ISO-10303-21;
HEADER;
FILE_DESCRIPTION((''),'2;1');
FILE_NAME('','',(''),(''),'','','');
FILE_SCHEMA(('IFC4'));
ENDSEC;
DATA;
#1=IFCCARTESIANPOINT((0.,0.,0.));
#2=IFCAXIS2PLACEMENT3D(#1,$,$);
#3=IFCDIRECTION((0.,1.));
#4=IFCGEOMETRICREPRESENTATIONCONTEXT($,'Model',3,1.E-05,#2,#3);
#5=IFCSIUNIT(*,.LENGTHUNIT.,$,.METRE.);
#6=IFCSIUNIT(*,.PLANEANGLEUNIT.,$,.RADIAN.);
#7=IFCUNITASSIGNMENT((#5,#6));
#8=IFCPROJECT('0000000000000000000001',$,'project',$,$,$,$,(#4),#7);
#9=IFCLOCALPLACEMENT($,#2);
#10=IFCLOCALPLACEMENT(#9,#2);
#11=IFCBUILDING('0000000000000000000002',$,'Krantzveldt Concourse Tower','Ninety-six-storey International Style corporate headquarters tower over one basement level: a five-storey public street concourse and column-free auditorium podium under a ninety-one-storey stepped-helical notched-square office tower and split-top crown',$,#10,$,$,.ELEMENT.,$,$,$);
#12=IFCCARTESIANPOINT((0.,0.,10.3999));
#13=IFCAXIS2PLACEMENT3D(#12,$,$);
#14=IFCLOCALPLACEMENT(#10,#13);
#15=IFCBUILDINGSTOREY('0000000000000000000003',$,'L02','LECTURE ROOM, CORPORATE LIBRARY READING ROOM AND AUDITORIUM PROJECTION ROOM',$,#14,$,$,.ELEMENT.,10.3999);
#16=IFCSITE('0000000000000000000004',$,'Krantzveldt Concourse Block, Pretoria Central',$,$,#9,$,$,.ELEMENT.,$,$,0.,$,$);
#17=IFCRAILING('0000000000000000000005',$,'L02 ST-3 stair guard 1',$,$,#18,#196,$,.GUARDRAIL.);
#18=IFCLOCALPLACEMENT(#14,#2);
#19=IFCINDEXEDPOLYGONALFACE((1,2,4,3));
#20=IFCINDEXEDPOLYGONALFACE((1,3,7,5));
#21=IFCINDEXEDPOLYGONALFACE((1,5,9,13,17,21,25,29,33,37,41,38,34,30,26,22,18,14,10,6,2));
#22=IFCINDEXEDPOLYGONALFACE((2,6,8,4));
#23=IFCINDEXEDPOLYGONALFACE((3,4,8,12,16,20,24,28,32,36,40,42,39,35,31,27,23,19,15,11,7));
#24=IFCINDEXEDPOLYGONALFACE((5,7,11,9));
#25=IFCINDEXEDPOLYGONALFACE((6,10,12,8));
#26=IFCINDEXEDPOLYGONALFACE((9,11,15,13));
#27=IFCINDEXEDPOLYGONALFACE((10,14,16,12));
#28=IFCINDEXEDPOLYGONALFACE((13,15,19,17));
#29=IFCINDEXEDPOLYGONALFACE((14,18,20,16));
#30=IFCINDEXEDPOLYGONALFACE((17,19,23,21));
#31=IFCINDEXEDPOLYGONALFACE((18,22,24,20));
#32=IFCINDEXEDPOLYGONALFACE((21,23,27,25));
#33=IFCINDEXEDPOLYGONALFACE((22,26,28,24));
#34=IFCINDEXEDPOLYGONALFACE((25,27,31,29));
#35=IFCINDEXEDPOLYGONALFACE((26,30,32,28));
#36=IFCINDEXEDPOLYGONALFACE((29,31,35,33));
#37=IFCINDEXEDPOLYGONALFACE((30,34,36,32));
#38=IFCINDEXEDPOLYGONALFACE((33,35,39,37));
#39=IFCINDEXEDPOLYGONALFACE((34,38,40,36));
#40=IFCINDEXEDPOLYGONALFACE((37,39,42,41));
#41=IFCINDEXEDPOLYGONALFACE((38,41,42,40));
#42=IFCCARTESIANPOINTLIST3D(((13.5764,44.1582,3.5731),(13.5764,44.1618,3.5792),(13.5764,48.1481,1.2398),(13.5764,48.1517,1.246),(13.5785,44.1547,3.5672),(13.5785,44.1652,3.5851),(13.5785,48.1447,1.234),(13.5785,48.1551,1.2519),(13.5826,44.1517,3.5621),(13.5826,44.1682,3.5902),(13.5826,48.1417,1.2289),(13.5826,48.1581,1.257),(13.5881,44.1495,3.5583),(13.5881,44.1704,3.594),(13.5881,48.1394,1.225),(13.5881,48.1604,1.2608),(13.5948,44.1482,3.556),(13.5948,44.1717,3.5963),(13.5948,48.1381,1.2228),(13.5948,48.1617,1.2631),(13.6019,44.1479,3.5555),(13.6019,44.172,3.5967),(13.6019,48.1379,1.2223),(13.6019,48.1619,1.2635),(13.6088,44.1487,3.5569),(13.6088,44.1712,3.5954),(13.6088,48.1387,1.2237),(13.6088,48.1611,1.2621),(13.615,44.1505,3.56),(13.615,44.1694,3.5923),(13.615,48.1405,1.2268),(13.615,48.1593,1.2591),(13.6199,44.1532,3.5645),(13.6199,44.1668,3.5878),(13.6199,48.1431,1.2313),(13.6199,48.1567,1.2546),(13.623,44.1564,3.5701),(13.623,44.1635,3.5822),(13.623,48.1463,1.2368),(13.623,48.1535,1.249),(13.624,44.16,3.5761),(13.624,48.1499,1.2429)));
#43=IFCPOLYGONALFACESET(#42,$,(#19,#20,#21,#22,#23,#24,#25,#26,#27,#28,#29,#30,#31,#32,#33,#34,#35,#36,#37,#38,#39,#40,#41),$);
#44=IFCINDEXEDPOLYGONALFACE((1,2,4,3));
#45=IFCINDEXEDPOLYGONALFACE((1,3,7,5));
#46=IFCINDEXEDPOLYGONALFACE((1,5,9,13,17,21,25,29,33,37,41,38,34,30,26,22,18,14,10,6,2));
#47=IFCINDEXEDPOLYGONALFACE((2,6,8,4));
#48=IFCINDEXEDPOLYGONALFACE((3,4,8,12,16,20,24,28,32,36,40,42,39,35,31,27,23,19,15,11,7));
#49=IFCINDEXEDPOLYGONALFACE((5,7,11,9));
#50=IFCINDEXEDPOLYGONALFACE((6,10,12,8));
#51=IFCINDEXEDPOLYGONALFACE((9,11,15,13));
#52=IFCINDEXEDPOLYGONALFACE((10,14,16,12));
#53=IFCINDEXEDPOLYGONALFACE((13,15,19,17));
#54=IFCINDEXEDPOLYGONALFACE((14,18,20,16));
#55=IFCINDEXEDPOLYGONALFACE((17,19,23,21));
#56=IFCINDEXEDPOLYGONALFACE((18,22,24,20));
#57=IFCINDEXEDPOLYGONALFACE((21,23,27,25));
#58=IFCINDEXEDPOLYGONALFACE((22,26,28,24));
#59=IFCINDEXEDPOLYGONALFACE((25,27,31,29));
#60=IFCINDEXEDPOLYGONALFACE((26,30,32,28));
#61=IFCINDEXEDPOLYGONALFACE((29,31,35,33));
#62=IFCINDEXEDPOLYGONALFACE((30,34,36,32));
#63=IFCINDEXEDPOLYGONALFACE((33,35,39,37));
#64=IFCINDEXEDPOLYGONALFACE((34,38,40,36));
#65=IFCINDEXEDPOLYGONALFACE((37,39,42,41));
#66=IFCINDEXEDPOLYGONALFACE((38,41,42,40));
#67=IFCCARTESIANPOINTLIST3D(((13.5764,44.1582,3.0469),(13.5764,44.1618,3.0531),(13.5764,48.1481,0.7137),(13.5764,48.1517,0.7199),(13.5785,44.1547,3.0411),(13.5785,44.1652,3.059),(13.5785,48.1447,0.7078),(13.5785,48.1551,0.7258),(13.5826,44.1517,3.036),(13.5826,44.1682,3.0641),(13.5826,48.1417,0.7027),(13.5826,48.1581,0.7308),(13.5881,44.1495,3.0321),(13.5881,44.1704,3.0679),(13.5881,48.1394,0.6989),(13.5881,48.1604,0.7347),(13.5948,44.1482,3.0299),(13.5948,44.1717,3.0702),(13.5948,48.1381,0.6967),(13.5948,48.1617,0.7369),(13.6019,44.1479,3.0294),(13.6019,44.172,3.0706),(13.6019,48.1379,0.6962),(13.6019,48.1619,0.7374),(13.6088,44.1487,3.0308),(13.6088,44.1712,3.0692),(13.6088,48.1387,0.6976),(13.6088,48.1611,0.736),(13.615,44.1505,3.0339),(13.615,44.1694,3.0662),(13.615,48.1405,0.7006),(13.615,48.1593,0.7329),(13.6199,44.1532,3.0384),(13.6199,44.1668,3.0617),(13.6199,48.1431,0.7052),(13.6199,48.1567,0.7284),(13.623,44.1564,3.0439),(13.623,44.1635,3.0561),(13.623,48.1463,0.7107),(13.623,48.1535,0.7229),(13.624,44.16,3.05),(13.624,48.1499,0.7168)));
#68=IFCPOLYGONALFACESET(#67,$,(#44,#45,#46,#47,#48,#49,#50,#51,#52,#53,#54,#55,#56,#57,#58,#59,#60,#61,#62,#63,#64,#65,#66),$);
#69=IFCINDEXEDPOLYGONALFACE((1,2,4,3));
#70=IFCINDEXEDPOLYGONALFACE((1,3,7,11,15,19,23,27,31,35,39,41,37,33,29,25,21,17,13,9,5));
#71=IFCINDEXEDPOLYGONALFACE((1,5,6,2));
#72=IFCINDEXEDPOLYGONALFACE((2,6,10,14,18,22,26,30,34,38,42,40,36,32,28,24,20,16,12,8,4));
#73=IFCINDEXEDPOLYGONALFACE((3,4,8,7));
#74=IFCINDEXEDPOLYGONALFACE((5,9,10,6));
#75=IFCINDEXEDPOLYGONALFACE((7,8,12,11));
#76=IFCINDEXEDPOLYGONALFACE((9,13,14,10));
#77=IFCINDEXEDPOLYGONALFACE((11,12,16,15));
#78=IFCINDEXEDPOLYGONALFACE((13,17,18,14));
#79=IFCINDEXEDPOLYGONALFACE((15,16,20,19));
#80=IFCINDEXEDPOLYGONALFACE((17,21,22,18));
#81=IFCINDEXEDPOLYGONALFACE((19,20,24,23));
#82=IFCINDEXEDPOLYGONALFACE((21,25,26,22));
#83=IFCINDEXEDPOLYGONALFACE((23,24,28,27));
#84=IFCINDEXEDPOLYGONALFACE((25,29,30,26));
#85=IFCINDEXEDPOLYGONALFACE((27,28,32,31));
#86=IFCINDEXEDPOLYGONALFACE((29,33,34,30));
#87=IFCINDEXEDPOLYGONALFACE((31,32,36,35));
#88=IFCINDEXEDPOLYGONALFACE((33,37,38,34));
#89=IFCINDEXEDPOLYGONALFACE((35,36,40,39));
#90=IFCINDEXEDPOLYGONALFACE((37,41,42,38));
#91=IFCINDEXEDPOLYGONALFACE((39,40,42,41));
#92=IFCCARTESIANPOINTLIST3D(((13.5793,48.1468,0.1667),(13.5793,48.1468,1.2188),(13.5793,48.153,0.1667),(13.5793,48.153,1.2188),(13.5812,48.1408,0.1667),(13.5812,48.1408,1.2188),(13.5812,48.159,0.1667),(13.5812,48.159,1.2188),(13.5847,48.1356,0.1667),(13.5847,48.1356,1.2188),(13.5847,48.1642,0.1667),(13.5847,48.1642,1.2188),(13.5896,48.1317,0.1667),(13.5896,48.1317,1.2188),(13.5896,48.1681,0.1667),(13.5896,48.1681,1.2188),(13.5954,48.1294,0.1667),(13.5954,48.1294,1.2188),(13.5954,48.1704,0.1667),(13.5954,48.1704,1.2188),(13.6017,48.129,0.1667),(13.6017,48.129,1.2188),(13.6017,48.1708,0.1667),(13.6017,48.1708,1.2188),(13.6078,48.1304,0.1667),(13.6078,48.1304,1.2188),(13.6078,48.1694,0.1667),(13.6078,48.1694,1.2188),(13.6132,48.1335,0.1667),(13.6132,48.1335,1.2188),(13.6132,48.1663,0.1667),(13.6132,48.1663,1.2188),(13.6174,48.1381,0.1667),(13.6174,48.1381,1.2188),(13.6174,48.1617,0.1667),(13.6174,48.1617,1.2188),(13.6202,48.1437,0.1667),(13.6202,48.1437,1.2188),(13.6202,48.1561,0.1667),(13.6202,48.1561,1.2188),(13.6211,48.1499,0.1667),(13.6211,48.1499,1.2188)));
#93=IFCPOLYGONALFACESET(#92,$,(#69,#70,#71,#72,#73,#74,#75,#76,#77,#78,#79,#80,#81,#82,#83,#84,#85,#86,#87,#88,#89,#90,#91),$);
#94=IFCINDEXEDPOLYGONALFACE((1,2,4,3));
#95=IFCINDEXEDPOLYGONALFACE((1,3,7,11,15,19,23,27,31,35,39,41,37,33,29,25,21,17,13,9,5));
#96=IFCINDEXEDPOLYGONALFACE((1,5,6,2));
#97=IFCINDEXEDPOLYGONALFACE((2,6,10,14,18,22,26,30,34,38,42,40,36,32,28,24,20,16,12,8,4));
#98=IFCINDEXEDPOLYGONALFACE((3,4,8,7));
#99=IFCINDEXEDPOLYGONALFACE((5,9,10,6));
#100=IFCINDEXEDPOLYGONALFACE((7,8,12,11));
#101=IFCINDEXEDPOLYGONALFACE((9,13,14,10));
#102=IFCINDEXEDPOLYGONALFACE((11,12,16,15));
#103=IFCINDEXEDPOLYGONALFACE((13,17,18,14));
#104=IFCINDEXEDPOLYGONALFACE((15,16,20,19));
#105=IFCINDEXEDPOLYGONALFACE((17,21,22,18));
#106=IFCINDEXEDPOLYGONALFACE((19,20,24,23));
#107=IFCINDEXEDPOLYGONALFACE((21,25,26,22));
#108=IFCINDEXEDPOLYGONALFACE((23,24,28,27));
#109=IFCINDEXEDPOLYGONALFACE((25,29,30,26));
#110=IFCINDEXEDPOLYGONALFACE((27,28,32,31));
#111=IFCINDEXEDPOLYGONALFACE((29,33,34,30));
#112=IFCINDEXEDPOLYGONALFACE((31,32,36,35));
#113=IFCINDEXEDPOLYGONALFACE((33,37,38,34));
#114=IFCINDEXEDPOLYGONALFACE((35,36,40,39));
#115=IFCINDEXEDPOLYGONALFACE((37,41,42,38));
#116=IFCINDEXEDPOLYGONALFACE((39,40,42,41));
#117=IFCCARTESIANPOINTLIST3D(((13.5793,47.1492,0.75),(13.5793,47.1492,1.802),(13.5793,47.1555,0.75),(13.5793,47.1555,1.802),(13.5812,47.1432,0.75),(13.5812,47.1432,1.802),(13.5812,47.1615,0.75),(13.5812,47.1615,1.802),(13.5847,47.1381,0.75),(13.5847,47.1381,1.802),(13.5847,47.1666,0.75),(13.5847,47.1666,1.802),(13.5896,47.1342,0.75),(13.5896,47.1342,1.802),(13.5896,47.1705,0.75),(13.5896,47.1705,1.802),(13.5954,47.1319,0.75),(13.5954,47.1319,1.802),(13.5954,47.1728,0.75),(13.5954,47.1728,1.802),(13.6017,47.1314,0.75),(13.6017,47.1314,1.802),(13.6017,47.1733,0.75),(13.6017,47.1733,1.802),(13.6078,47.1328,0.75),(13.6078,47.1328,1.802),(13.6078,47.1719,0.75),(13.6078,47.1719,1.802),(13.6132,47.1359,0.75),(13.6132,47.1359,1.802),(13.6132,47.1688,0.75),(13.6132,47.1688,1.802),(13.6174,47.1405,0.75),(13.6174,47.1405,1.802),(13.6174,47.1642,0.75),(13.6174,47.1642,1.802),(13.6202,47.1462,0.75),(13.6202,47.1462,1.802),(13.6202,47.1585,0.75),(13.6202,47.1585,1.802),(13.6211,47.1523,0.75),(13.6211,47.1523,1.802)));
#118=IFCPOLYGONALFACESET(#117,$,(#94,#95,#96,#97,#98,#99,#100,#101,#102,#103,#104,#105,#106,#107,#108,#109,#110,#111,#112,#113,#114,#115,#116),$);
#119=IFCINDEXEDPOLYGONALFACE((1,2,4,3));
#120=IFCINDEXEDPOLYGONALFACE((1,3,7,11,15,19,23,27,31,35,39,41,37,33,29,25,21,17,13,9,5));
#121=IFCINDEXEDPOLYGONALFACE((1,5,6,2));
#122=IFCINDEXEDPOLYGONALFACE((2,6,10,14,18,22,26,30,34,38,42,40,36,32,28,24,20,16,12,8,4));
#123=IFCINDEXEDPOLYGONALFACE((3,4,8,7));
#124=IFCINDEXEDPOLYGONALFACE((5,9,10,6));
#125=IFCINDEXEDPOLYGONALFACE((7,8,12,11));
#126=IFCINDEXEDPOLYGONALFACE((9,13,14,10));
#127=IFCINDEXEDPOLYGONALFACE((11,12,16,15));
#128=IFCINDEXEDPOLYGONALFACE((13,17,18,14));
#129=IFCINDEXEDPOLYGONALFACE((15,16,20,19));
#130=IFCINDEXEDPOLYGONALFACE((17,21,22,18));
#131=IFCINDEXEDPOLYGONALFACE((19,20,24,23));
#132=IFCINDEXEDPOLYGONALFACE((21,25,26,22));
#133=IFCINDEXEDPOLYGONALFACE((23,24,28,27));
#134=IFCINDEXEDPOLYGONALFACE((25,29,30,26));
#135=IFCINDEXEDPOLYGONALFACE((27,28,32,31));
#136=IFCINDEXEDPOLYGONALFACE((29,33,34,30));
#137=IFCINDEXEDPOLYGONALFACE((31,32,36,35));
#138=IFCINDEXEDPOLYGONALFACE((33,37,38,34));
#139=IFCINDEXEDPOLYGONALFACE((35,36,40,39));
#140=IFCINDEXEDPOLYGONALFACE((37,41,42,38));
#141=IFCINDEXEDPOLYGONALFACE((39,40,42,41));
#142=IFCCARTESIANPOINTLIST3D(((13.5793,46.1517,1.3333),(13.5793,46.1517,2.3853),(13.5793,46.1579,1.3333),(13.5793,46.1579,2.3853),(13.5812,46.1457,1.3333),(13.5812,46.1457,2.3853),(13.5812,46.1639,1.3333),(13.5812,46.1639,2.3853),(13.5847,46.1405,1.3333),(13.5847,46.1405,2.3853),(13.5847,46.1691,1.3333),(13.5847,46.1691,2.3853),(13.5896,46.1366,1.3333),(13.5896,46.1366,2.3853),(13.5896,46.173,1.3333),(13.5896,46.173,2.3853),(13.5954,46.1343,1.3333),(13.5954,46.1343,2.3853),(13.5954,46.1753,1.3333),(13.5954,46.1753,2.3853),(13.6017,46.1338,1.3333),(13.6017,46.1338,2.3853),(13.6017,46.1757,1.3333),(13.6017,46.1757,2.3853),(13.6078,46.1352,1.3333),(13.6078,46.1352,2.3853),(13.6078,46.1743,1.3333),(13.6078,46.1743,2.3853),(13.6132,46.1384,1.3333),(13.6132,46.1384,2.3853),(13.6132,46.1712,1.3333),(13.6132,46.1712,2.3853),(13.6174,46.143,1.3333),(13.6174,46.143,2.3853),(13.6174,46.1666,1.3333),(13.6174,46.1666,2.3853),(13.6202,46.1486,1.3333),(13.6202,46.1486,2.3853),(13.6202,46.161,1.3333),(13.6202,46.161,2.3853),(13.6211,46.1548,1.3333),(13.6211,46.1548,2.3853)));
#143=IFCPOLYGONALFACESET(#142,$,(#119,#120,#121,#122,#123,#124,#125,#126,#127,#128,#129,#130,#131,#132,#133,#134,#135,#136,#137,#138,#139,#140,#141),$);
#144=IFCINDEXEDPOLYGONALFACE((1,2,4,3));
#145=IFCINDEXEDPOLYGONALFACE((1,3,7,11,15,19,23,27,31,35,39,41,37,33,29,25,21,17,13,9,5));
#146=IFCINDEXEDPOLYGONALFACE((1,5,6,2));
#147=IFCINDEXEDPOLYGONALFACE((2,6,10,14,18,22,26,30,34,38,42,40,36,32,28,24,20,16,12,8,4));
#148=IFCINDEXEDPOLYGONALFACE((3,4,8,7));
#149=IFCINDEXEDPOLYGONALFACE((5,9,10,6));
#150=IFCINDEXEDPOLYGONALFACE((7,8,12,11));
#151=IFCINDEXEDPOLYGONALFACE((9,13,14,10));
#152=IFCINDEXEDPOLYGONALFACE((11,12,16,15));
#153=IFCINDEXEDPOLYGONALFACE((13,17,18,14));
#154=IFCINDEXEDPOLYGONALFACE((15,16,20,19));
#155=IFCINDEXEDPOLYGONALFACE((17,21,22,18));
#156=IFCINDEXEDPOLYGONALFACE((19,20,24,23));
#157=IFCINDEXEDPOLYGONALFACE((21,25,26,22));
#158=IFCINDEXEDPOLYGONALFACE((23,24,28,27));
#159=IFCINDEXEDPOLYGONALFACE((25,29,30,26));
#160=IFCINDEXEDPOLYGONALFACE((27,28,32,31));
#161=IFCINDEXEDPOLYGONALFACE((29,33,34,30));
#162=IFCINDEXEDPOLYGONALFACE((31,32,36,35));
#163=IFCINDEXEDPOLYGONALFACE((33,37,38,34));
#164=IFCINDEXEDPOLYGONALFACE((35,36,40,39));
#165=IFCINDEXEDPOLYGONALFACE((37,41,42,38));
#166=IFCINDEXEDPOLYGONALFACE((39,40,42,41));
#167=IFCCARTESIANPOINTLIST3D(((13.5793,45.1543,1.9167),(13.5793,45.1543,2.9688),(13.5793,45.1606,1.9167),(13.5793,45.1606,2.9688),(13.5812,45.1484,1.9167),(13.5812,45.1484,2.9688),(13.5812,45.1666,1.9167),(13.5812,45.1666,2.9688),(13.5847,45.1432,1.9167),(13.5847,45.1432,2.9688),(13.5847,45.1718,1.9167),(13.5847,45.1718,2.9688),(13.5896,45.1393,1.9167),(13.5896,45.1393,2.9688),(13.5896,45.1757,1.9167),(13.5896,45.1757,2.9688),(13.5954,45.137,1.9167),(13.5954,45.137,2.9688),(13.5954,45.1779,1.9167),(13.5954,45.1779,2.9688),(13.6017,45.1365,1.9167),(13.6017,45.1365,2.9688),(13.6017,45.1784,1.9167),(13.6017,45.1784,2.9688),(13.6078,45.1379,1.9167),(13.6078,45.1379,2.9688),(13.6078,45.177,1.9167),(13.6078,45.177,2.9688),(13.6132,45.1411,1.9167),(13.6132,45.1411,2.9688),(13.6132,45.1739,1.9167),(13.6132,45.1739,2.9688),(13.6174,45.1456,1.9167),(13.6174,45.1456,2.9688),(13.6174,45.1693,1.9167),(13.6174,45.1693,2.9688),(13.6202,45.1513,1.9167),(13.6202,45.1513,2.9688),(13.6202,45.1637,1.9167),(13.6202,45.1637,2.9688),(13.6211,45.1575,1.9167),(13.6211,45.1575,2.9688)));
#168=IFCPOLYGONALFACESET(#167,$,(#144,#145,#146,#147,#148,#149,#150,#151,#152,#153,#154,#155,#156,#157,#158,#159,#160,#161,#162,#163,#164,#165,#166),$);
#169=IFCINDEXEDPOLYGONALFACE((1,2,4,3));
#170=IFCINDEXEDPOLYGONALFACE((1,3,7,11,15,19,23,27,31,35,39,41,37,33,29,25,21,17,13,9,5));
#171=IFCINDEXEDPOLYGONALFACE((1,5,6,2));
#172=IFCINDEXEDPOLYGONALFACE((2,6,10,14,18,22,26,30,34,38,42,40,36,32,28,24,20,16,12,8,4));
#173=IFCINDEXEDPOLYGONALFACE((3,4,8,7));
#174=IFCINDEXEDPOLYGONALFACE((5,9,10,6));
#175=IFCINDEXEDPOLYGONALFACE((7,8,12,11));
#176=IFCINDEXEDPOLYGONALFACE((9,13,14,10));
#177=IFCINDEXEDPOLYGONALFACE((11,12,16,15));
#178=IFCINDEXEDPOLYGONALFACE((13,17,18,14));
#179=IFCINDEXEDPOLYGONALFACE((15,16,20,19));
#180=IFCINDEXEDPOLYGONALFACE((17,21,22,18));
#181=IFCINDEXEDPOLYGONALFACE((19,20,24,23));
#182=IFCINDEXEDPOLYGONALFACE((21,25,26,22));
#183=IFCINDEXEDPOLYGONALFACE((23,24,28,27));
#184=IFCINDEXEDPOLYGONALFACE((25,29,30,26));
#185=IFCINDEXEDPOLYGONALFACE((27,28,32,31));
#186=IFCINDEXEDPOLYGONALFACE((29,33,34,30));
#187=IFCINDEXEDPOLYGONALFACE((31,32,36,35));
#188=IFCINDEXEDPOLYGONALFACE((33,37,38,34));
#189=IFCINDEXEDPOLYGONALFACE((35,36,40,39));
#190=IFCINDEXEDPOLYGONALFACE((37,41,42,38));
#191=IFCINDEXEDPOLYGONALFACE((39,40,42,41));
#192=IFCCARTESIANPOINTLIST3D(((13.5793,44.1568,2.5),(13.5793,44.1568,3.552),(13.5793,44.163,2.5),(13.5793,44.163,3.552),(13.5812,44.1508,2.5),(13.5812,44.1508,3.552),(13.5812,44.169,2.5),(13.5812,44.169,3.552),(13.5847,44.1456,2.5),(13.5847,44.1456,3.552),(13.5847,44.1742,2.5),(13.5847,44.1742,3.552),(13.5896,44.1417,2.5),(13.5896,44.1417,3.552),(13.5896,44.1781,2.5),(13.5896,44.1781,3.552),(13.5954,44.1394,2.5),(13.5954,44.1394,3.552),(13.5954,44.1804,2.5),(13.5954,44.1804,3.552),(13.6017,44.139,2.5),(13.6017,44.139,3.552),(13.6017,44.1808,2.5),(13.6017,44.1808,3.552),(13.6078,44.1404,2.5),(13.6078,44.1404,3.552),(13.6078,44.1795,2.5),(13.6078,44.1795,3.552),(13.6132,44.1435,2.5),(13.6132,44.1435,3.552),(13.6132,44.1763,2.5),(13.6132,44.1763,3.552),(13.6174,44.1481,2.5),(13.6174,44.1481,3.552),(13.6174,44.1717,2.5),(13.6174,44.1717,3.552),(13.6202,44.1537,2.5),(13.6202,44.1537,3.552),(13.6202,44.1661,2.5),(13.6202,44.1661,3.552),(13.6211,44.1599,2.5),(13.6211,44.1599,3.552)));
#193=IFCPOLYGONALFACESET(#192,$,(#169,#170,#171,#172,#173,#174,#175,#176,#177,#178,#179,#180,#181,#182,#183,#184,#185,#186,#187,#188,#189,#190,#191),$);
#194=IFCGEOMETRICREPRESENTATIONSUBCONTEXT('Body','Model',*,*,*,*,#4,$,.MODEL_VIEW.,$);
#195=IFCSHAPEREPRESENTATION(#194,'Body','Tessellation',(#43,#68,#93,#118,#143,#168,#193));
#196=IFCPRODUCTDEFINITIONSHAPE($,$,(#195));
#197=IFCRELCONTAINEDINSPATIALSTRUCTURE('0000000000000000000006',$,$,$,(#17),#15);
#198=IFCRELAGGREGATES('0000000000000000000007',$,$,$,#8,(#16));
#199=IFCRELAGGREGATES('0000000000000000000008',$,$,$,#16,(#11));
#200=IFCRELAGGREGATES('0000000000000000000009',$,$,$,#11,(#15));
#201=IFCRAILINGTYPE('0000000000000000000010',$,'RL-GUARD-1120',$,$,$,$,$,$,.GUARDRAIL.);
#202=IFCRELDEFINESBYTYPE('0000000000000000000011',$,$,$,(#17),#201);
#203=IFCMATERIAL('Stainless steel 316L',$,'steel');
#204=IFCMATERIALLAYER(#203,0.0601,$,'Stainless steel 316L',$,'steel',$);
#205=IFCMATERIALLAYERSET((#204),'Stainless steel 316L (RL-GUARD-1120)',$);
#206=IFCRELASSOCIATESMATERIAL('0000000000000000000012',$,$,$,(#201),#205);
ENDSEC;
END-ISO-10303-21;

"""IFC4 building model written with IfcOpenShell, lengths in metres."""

from ifc_helpers import new_model, si_unit, direction, frame, origin, origin_2d, place, context, subcontext, project, spatial, circle, extrude, material, layer, layer_set, type_object, element, save


model = new_model("IFC4")

# Units and contexts
model_context = context("Model", 3, precision=1e-05, world=origin(), true_north=direction((0.0, 1.0)))
body_context = subcontext(model_context, "Body", "Model", "MODEL_VIEW")
ifc_project = project(units=[si_unit("LENGTHUNIT", "METRE"), si_unit("PLANEANGLEUNIT", "RADIAN")], contexts=[model_context])

# Site, building, storey
site_placement = place(None, origin())
site = spatial("IfcSite", under=ifc_project, at=site_placement, Name="Krantzveldt Concourse Block, Pretoria Central", CompositionType="ELEMENT", RefElevation=0.0)
building_placement = place(site_placement, origin())
building = spatial("IfcBuilding", under=site, at=building_placement, Name="Krantzveldt Concourse Tower", Description="Ninety-six-storey International Style corporate headquarters tower over one basement level: a five-storey public street concourse and column-free auditorium podium under a ninety-one-storey stepped-helical notched-square office tower and split-top crown", CompositionType="ELEMENT")
storey_placement = place(building_placement, frame((0.0, 0.0, 10.3999)))
storey = spatial("IfcBuildingStorey", under=building, at=storey_placement, Name="L02", Description="LECTURE ROOM, CORPORATE LIBRARY READING ROOM AND AUDITORIUM PROJECTION ROOM", CompositionType="ELEMENT", Elevation=10.3999)

# Railing
ifc_material_1 = material(Name="Stainless steel 316L", Category="steel")
ifc_layer_1 = layer(ifc_material_1, 0.0601, Name="Stainless steel 316L", Category="steel")
ifc_layer_set_1 = layer_set([ifc_layer_1], Name="Stainless steel 316L (RL-GUARD-1120)")
railing_type_1 = type_object("IfcRailingType", Name="RL-GUARD-1120", PredefinedType="GUARDRAIL", material=ifc_layer_set_1)
railing_1_placement = place(storey_placement, frame((13.6001, 48.1499, 0.1667)))
element("IfcRailing", 1, at=railing_1_placement, inside=storey, type_object=railing_type_1, Name="L02 ST-3 stair guard 1", PredefinedType="GUARDRAIL", context=body_context, shape_type="SweptSolid", body=[
    extrude(circle(Radius=0.0239, at=origin_2d()), frame((0.0, 0.0, 1.0762), z_axis=(0.0, -0.863236, 0.5048), x_axis=(1.0, 0.0, 0.0)), (0.0, 0.0, 1.0), 4.6221),
    extrude(circle(Radius=0.0239, at=origin_2d()), frame((0.0, 0.0, 0.55), z_axis=(0.0, -0.863236, 0.5048), x_axis=(1.0, 0.0, 0.0)), (0.0, 0.0, 1.0), 4.6221),
    extrude(circle(Radius=0.021, at=origin_2d()), origin(), (0.0, 0.0, 1.0), 1.052),
    extrude(circle(Radius=0.021, at=origin_2d()), frame((0.0, -0.9976, 0.5833)), (0.0, 0.0, 1.0), 1.052),
    extrude(circle(Radius=0.021, at=origin_2d()), frame((0.0, -1.9951, 1.1665)), (0.0, 0.0, 1.0), 1.052),
    extrude(circle(Radius=0.021, at=origin_2d()), frame((0.0, -2.9924, 1.75)), (0.0, 0.0, 1.0), 1.052),
    extrude(circle(Radius=0.021, at=origin_2d()), frame((0.0, -3.99, 2.3333)), (0.0, 0.0, 1.0), 1.052),
])

save(model, "model.ifc")
